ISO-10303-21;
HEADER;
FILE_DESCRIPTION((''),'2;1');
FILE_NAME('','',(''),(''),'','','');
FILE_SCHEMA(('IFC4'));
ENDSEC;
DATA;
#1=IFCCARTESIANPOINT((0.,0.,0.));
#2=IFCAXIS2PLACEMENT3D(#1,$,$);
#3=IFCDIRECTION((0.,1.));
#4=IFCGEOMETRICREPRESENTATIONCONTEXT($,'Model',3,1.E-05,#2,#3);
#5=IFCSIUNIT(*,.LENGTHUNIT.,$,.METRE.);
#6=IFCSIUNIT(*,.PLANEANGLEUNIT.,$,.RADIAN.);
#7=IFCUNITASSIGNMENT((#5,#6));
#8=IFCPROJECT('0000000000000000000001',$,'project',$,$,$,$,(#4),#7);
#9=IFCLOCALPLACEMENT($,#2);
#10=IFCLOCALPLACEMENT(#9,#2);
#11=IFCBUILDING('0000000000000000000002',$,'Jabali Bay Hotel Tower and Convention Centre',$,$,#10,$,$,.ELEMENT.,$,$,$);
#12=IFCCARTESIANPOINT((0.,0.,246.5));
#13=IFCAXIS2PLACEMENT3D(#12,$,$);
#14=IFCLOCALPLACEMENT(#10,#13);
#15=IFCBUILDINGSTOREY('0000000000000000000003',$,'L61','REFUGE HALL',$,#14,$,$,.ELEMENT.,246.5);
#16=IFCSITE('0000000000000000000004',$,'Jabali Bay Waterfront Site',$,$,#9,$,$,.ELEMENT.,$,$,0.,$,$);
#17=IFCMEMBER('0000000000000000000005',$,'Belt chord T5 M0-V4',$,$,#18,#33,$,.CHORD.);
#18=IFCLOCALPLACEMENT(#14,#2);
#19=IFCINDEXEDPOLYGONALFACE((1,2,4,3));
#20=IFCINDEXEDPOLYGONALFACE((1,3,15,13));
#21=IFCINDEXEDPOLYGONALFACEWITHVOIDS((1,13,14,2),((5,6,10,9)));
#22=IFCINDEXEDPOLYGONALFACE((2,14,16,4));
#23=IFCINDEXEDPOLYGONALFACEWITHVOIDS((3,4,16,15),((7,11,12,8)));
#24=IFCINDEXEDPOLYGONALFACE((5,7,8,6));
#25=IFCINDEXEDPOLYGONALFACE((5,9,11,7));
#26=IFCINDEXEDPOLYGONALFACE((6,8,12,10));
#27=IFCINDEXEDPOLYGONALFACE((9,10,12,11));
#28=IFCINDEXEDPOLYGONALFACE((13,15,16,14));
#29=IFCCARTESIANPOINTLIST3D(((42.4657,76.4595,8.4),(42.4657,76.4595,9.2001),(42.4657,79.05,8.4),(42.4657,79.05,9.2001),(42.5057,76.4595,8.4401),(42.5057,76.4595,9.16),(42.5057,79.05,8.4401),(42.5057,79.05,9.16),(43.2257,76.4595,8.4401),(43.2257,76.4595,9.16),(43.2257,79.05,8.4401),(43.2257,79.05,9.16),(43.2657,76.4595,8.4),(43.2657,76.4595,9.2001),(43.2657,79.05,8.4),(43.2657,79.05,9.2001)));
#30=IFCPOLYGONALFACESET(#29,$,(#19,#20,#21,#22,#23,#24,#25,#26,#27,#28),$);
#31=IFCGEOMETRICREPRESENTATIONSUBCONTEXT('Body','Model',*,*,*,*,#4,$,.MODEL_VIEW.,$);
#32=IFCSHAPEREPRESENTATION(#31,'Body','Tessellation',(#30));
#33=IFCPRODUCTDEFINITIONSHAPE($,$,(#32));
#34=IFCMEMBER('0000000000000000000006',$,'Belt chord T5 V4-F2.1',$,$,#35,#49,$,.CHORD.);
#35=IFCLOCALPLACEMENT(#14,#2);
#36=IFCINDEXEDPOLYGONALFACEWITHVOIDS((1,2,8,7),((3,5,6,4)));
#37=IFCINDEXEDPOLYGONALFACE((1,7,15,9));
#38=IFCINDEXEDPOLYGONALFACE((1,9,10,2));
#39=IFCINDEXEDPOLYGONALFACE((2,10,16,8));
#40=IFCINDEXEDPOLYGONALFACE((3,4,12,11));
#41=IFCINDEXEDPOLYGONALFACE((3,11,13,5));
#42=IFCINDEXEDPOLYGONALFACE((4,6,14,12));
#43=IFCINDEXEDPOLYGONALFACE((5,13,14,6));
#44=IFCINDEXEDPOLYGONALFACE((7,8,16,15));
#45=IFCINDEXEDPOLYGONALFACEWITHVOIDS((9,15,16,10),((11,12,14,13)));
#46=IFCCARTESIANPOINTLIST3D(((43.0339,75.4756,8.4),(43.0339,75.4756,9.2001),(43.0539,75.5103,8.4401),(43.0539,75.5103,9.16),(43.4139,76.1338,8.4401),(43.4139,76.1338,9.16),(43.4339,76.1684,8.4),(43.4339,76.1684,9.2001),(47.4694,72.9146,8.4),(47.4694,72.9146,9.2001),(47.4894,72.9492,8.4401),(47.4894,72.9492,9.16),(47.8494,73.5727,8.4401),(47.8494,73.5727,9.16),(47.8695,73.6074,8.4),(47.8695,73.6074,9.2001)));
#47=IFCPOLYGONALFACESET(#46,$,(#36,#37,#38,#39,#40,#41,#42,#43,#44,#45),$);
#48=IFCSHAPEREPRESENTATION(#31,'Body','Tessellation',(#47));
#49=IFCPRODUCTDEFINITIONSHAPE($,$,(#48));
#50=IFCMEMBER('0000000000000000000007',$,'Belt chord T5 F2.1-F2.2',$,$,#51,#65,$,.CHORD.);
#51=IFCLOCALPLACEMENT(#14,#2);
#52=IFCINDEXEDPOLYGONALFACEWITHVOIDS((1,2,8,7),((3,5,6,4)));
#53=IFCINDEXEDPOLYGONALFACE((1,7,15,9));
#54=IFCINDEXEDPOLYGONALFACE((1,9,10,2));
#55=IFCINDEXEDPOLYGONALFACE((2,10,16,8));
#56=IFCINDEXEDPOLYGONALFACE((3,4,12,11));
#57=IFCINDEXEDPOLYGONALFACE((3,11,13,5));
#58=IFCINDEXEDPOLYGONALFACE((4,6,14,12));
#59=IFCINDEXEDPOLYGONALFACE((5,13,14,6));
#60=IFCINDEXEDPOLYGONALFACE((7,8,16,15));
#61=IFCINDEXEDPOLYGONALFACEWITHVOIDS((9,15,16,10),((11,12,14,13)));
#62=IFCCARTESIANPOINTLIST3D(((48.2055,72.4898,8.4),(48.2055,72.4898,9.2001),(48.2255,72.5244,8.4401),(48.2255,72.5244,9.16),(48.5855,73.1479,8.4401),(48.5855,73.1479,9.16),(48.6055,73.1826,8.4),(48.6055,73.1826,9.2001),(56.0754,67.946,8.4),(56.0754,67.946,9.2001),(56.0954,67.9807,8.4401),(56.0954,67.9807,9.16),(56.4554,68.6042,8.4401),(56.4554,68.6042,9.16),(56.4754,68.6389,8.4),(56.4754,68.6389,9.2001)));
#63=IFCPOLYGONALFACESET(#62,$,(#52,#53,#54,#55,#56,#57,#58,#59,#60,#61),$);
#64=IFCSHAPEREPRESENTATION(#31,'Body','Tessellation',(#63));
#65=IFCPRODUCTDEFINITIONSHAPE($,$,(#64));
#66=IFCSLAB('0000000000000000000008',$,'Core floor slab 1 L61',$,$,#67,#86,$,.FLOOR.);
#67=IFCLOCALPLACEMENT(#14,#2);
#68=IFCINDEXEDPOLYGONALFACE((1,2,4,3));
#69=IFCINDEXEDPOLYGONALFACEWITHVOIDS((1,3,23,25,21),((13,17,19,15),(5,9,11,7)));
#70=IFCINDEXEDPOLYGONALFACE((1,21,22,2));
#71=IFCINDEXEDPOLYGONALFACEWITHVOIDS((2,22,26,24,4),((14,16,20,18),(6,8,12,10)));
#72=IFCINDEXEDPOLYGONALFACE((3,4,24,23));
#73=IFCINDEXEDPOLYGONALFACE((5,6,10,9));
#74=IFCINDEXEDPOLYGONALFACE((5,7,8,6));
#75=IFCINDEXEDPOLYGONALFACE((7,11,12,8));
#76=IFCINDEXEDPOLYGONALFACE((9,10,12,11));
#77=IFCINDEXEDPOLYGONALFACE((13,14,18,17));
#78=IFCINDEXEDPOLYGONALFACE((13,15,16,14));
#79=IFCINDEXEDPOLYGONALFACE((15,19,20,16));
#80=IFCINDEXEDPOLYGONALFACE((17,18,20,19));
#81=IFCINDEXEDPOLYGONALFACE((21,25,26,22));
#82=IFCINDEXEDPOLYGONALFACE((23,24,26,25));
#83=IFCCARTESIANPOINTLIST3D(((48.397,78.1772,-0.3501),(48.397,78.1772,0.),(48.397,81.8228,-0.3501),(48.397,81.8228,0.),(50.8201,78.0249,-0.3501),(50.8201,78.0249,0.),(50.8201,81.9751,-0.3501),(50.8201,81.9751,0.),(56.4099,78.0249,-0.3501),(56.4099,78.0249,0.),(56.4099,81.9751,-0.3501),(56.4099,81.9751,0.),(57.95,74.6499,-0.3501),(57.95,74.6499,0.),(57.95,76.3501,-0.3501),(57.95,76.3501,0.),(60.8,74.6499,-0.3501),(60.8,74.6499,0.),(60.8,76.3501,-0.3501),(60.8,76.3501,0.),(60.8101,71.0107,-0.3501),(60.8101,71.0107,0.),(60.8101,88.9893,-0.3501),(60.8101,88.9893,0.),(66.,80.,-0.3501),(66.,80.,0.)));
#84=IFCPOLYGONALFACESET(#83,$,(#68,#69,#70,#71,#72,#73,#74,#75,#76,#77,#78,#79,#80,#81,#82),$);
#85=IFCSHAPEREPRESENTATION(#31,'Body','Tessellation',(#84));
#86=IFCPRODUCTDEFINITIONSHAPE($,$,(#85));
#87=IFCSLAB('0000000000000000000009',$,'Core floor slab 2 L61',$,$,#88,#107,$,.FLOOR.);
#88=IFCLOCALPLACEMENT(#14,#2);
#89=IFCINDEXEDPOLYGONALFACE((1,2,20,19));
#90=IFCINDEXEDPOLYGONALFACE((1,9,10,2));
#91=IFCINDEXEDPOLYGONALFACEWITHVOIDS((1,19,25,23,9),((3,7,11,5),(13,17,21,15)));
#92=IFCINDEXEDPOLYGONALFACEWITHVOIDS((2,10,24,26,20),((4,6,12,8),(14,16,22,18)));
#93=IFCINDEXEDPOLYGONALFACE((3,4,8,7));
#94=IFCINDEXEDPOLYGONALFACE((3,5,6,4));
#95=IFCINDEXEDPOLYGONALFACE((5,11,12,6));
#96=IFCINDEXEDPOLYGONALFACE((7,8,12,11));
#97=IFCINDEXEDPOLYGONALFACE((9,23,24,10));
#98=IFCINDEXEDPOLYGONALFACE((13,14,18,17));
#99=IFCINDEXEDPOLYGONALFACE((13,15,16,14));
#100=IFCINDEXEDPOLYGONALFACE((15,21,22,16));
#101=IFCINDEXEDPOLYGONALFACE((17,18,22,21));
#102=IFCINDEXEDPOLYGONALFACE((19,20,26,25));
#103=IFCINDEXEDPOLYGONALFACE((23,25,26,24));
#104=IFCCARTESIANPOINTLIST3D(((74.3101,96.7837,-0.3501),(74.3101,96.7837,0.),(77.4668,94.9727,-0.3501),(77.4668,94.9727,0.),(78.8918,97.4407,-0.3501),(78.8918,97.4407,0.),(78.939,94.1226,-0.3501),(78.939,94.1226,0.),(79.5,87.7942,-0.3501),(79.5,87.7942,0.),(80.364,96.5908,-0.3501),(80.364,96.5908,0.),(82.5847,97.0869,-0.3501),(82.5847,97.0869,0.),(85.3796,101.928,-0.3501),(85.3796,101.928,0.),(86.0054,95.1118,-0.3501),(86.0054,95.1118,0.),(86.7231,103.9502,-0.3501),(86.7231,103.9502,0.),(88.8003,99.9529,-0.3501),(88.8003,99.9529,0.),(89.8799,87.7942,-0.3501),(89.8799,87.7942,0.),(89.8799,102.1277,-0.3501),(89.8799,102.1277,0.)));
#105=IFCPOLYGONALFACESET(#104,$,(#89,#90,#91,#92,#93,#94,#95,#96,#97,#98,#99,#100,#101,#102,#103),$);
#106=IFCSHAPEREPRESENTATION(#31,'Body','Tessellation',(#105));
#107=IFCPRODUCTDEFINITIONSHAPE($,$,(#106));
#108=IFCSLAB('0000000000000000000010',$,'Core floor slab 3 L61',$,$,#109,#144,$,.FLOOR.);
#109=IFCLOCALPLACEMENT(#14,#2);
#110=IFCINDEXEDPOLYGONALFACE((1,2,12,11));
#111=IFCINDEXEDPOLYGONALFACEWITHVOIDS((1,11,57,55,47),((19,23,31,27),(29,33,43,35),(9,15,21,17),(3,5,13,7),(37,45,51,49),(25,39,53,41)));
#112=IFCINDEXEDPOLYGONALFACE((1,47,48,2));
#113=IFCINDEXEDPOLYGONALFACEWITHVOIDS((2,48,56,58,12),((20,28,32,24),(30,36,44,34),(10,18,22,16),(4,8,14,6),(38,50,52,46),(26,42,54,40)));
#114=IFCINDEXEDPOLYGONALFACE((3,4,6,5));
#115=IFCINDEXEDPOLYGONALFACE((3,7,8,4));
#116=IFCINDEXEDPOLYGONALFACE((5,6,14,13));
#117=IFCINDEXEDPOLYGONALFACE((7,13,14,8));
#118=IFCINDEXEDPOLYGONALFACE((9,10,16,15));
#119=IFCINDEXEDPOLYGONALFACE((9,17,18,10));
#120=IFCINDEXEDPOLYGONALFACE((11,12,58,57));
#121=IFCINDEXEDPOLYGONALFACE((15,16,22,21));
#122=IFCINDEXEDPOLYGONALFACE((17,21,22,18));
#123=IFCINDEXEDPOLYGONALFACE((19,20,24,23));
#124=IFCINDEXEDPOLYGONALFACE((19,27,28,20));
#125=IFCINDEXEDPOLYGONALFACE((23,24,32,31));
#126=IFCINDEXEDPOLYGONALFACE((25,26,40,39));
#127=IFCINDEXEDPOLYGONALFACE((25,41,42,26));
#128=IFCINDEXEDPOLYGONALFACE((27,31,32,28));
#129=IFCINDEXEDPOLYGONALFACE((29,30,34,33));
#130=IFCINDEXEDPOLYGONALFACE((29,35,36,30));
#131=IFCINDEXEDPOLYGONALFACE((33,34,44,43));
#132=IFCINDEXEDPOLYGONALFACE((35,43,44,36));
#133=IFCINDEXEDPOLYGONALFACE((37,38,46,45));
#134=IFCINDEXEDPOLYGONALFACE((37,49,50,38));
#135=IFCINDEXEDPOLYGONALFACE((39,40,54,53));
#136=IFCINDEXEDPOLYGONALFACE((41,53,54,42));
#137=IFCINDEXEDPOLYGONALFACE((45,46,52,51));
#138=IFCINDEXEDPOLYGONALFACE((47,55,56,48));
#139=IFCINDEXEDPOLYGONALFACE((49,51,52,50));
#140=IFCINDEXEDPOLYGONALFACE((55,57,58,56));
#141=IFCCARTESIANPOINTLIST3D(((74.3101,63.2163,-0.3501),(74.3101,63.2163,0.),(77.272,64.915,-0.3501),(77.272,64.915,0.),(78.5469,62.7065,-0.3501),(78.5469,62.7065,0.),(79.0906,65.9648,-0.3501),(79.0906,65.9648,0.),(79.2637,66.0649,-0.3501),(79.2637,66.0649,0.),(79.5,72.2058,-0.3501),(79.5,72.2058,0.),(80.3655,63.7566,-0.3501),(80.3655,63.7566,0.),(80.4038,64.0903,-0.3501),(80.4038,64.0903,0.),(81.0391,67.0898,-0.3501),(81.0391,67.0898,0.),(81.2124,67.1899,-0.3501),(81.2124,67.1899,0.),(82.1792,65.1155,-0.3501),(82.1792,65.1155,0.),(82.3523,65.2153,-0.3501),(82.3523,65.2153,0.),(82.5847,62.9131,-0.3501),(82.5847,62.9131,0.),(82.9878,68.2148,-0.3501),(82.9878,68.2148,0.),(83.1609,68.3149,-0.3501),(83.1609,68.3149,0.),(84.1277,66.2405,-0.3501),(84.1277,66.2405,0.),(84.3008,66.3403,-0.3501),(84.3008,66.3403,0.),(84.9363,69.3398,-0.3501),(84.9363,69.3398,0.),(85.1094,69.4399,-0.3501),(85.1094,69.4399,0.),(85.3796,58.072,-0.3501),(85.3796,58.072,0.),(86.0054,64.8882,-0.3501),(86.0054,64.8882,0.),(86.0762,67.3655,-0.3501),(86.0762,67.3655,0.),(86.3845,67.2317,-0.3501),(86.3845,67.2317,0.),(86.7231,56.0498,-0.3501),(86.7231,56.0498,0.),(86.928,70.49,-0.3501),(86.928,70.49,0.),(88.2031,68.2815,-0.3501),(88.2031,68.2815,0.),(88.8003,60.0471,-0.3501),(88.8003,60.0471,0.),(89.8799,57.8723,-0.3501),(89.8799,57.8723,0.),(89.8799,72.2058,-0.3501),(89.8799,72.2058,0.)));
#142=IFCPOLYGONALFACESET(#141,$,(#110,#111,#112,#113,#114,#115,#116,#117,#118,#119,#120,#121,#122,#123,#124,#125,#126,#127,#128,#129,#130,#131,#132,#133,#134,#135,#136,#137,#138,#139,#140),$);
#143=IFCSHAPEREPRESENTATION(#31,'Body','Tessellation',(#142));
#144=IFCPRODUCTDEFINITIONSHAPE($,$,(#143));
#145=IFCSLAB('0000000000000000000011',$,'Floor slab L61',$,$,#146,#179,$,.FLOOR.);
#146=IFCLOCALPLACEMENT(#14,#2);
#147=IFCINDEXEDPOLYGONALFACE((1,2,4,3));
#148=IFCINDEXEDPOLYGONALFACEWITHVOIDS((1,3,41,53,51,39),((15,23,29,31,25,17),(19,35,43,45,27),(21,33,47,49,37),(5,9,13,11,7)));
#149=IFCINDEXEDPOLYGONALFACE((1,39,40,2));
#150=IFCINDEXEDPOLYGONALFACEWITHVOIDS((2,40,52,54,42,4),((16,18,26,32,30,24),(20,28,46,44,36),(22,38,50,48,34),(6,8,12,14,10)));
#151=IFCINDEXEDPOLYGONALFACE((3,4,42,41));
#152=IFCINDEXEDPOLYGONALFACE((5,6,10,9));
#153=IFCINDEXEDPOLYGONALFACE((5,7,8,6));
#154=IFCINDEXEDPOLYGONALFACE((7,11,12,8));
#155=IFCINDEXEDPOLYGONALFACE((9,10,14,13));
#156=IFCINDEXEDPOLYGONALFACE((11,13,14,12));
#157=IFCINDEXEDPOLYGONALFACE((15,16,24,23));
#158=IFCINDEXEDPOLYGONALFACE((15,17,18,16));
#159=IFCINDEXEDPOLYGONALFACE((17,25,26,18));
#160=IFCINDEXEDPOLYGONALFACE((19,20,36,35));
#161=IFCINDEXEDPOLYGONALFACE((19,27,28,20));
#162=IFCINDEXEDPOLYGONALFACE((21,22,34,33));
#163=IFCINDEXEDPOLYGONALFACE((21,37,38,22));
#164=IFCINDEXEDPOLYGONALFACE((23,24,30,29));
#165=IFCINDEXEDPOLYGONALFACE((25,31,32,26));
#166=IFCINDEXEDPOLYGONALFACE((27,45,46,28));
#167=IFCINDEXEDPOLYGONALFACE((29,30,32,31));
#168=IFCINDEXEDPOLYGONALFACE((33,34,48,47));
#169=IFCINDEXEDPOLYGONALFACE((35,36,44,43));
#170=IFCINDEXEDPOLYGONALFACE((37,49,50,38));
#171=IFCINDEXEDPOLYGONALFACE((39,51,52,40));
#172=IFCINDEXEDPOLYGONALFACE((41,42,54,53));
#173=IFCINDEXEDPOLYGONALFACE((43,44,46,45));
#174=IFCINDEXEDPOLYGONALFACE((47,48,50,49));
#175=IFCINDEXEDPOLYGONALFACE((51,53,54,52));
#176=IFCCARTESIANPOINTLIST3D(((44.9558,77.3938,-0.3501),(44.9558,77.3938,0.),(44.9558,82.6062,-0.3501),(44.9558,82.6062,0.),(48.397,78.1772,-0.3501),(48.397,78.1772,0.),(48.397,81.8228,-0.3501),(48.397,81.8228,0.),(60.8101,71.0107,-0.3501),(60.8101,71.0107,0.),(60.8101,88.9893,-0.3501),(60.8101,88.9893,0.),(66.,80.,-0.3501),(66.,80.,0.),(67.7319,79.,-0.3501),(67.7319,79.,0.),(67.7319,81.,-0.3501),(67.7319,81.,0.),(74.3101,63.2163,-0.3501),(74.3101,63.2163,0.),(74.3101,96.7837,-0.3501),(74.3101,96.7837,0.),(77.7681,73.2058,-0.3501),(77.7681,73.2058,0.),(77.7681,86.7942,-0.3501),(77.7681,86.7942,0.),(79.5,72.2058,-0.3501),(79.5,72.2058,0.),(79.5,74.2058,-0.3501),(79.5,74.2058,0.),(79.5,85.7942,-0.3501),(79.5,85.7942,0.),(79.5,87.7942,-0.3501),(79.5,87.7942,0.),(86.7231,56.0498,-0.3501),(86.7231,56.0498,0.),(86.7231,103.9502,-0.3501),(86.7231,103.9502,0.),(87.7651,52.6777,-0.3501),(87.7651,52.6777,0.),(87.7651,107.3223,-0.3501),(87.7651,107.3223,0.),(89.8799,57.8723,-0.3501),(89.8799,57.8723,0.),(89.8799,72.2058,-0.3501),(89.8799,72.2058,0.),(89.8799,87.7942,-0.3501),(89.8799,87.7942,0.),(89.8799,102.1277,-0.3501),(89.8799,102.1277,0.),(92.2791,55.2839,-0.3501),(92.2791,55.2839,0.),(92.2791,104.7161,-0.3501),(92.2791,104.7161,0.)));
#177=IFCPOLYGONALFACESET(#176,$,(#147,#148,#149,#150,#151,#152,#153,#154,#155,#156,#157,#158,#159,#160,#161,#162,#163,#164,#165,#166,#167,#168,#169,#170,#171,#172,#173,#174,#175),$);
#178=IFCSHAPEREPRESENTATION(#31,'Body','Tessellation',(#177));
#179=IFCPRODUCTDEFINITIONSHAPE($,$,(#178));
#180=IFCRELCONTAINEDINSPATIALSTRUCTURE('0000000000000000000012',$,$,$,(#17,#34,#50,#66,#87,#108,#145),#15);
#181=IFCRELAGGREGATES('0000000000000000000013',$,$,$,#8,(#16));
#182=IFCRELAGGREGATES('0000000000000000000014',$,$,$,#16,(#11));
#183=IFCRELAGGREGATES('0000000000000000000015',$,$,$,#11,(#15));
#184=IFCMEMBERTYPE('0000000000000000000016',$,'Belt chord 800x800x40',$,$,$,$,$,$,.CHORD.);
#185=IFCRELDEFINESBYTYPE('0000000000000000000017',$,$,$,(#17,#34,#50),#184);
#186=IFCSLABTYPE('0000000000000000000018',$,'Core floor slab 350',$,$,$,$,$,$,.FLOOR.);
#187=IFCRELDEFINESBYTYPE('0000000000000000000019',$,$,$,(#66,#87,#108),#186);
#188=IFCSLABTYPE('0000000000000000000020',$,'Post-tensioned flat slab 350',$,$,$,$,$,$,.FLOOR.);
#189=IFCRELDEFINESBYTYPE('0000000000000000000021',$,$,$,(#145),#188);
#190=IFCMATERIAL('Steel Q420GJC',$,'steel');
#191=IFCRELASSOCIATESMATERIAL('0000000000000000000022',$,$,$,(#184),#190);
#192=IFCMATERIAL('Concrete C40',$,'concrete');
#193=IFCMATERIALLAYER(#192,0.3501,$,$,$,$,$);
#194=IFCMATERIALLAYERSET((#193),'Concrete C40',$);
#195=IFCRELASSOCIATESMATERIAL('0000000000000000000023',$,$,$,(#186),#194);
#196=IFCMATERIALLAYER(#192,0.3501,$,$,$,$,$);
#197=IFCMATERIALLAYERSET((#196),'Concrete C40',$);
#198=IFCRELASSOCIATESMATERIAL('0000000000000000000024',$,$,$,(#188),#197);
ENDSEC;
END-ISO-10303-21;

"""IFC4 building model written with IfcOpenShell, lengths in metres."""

from ifc_helpers import new_model, si_unit, direction, frame, origin, origin_2d, place, context, subcontext, project, spatial, polyline, hollow_rectangle, outline, extrude, material, layer, layer_set, material_profile, profile_set, type_object, element, save


model = new_model("IFC4")

# Units and contexts
model_context = context("Model", 3, precision=1e-05, world=origin(), true_north=direction((0.0, 1.0)))
body_context = subcontext(model_context, "Body", "Model", "MODEL_VIEW")
ifc_project = project(units=[si_unit("LENGTHUNIT", "METRE"), si_unit("PLANEANGLEUNIT", "RADIAN")], contexts=[model_context])

# Site, building, storey
site_placement = place(None, origin())
site = spatial("IfcSite", under=ifc_project, at=site_placement, Name="Jabali Bay Waterfront Site", CompositionType="ELEMENT", RefElevation=0.0)
building_placement = place(site_placement, origin())
building = spatial("IfcBuilding", under=site, at=building_placement, Name="Jabali Bay Hotel Tower and Convention Centre", CompositionType="ELEMENT")
storey_placement = place(building_placement, frame((0.0, 0.0, 246.5)))
storey = spatial("IfcBuildingStorey", under=building, at=storey_placement, Name="L61", Description="REFUGE HALL", CompositionType="ELEMENT", Elevation=246.5)

# Members
ifc_material_1 = material(Name="Steel Q420GJC", Category="steel")
ifc_material_profile_1 = material_profile(ifc_material_1, hollow_rectangle(XDim=0.8, YDim=0.8, WallThickness=0.04, at=origin_2d()), Name="Belt chord 800x800x40")
ifc_profile_set_1 = profile_set([ifc_material_profile_1], Name="Steel Q420GJC")
member_type_1 = type_object("IfcMemberType", Name="Belt chord 800x800x40", PredefinedType="CHORD", material=ifc_profile_set_1)
member_1_placement = place(storey_placement, frame((42.8657, 79.05, 8.8), z_axis=(0.0, -1.0, 0.0), x_axis=(1.0, 0.0, 0.0)))
element("IfcMember", 1, at=member_1_placement, inside=storey, type_object=member_type_1, Name="Belt chord T5 M0-V4", PredefinedType="CHORD", context=body_context, shape_type="SweptSolid", body=[
    extrude(hollow_rectangle(XDim=0.8, YDim=0.8, WallThickness=0.04, at=origin_2d()), origin(), (0.0, 0.0, 1.0), 2.5906),
])
member_2_placement = place(storey_placement, frame((43.2339, 75.822, 8.8), z_axis=(0.866011, -0.500025, 0.0), x_axis=(0.500025, 0.866011, 0.0)))
element("IfcMember", 2, at=member_2_placement, inside=storey, type_object=member_type_1, Name="Belt chord T5 V4-F2.1", PredefinedType="CHORD", context=body_context, shape_type="SweptSolid", body=[
    extrude(hollow_rectangle(XDim=0.8, YDim=0.8, WallThickness=0.04, at=origin_2d()), origin(), (0.0, 0.0, 1.0), 5.1218),
])
member_3_placement = place(storey_placement, frame((48.4055, 72.8362, 8.8), z_axis=(0.866024, -0.500002, 0.0), x_axis=(0.500002, 0.866024, 0.0)))
element("IfcMember", 3, at=member_3_placement, inside=storey, type_object=member_type_1, Name="Belt chord T5 F2.1-F2.2", PredefinedType="CHORD", context=body_context, shape_type="SweptSolid", body=[
    extrude(hollow_rectangle(XDim=0.8, YDim=0.8, WallThickness=0.04, at=origin_2d()), origin(), (0.0, 0.0, 1.0), 9.0874),
])

# Slabs
ifc_material_2 = material(Name="Concrete C40", Category="concrete")
ifc_layer_1 = layer(ifc_material_2, 0.3501)
ifc_layer_set_1 = layer_set([ifc_layer_1], Name="Concrete C40")
slab_type_1 = type_object("IfcSlabType", Name="Core floor slab 350", PredefinedType="FLOOR", material=ifc_layer_set_1)
slab_1_placement = place(storey_placement, frame((0.0, 0.0, -0.3501)))
element("IfcSlab", 4, at=slab_1_placement, inside=storey, type_object=slab_type_1, Name="Core floor slab 1 L61", PredefinedType="FLOOR", context=body_context, shape_type="SweptSolid", body=[
    extrude(outline(polyline([(66.0, 80.0), (60.8101, 88.9893), (48.397, 81.8228), (48.397, 78.1772), (60.8101, 71.0107), (66.0, 80.0)]), holes=[polyline([(60.8, 76.3501), (57.95, 76.3501), (57.95, 74.6499), (60.8, 74.6499), (60.8, 76.3501)]), polyline([(50.8201, 81.9751), (50.8201, 78.0249), (56.4099, 78.0249), (56.4099, 81.9751), (50.8201, 81.9751)])]), origin(), (0.0, 0.0, 1.0), 0.3501),
])
slab_2_placement = place(storey_placement, frame((0.0, 0.0, -0.3501)))
element("IfcSlab", 5, at=slab_2_placement, inside=storey, type_object=slab_type_1, Name="Core floor slab 2 L61", PredefinedType="FLOOR", context=body_context, shape_type="SweptSolid", body=[
    extrude(outline(polyline([(79.5, 87.7942), (89.8799, 87.7942), (89.8799, 102.1277), (86.7231, 103.9502), (74.3101, 96.7837), (79.5, 87.7942)]), holes=[polyline([(78.939, 94.1226), (80.364, 96.5908), (78.8918, 97.4407), (77.4668, 94.9727), (78.939, 94.1226)]), polyline([(88.8003, 99.9529), (85.3796, 101.928), (82.5847, 97.0869), (86.0054, 95.1118), (88.8003, 99.9529)])]), origin(), (0.0, 0.0, 1.0), 0.3501),
])
slab_3_placement = place(storey_placement, frame((0.0, 0.0, -0.3501)))
element("IfcSlab", 6, at=slab_3_placement, inside=storey, type_object=slab_type_1, Name="Core floor slab 3 L61", PredefinedType="FLOOR", context=body_context, shape_type="SweptSolid", body=[
    extrude(outline(polyline([(79.5, 72.2058), (74.3101, 63.2163), (86.7231, 56.0498), (89.8799, 57.8723), (89.8799, 72.2058), (79.5, 72.2058)]), holes=[polyline([(82.5847, 62.9131), (85.3796, 58.072), (88.8003, 60.0471), (86.0054, 64.8882), (82.5847, 62.9131)]), polyline([(80.3655, 63.7566), (79.0906, 65.9648), (77.272, 64.915), (78.5469, 62.7065), (80.3655, 63.7566)]), polyline([(82.1792, 65.1155), (81.0391, 67.0898), (79.2637, 66.0649), (80.4038, 64.0903), (82.1792, 65.1155)]), polyline([(82.9878, 68.2148), (81.2124, 67.1899), (82.3523, 65.2153), (84.1277, 66.2405), (82.9878, 68.2148)]), polyline([(86.0762, 67.3655), (84.9363, 69.3398), (83.1609, 68.3149), (84.3008, 66.3403), (86.0762, 67.3655)]), polyline([(88.2031, 68.2815), (86.928, 70.49), (85.1094, 69.4399), (86.3845, 67.2317), (88.2031, 68.2815)])]), origin(), (0.0, 0.0, 1.0), 0.3501),
])
ifc_layer_2 = layer(ifc_material_2, 0.3501)
ifc_layer_set_2 = layer_set([ifc_layer_2], Name="Concrete C40")
slab_type_2 = type_object("IfcSlabType", Name="Post-tensioned flat slab 350", PredefinedType="FLOOR", material=ifc_layer_set_2)
slab_4_placement = place(storey_placement, frame((0.0, 0.0, -0.3501)))
element("IfcSlab", 7, at=slab_4_placement, inside=storey, type_object=slab_type_2, Name="Floor slab L61", PredefinedType="FLOOR", context=body_context, shape_type="SweptSolid", body=[
    extrude(outline(polyline([(87.7651, 107.3223), (92.2791, 104.7161), (92.2791, 55.2839), (87.7651, 52.6777), (44.9558, 77.3938), (44.9558, 82.6062), (87.7651, 107.3223)]), holes=[polyline([(67.7319, 79.0), (77.7681, 73.2058), (79.5, 74.2058), (79.5, 85.7942), (77.7681, 86.7942), (67.7319, 81.0), (67.7319, 79.0)]), polyline([(48.397, 78.1772), (60.8101, 71.0107), (66.0, 80.0), (60.8101, 88.9893), (48.397, 81.8228), (48.397, 78.1772)]), polyline([(89.8799, 102.1277), (86.7231, 103.9502), (74.3101, 96.7837), (79.5, 87.7942), (89.8799, 87.7942), (89.8799, 102.1277)]), polyline([(74.3101, 63.2163), (86.7231, 56.0498), (89.8799, 57.8723), (89.8799, 72.2058), (79.5, 72.2058), (74.3101, 63.2163)])]), origin(), (0.0, 0.0, 1.0), 0.3501),
])

save(model, "model.ifc")
